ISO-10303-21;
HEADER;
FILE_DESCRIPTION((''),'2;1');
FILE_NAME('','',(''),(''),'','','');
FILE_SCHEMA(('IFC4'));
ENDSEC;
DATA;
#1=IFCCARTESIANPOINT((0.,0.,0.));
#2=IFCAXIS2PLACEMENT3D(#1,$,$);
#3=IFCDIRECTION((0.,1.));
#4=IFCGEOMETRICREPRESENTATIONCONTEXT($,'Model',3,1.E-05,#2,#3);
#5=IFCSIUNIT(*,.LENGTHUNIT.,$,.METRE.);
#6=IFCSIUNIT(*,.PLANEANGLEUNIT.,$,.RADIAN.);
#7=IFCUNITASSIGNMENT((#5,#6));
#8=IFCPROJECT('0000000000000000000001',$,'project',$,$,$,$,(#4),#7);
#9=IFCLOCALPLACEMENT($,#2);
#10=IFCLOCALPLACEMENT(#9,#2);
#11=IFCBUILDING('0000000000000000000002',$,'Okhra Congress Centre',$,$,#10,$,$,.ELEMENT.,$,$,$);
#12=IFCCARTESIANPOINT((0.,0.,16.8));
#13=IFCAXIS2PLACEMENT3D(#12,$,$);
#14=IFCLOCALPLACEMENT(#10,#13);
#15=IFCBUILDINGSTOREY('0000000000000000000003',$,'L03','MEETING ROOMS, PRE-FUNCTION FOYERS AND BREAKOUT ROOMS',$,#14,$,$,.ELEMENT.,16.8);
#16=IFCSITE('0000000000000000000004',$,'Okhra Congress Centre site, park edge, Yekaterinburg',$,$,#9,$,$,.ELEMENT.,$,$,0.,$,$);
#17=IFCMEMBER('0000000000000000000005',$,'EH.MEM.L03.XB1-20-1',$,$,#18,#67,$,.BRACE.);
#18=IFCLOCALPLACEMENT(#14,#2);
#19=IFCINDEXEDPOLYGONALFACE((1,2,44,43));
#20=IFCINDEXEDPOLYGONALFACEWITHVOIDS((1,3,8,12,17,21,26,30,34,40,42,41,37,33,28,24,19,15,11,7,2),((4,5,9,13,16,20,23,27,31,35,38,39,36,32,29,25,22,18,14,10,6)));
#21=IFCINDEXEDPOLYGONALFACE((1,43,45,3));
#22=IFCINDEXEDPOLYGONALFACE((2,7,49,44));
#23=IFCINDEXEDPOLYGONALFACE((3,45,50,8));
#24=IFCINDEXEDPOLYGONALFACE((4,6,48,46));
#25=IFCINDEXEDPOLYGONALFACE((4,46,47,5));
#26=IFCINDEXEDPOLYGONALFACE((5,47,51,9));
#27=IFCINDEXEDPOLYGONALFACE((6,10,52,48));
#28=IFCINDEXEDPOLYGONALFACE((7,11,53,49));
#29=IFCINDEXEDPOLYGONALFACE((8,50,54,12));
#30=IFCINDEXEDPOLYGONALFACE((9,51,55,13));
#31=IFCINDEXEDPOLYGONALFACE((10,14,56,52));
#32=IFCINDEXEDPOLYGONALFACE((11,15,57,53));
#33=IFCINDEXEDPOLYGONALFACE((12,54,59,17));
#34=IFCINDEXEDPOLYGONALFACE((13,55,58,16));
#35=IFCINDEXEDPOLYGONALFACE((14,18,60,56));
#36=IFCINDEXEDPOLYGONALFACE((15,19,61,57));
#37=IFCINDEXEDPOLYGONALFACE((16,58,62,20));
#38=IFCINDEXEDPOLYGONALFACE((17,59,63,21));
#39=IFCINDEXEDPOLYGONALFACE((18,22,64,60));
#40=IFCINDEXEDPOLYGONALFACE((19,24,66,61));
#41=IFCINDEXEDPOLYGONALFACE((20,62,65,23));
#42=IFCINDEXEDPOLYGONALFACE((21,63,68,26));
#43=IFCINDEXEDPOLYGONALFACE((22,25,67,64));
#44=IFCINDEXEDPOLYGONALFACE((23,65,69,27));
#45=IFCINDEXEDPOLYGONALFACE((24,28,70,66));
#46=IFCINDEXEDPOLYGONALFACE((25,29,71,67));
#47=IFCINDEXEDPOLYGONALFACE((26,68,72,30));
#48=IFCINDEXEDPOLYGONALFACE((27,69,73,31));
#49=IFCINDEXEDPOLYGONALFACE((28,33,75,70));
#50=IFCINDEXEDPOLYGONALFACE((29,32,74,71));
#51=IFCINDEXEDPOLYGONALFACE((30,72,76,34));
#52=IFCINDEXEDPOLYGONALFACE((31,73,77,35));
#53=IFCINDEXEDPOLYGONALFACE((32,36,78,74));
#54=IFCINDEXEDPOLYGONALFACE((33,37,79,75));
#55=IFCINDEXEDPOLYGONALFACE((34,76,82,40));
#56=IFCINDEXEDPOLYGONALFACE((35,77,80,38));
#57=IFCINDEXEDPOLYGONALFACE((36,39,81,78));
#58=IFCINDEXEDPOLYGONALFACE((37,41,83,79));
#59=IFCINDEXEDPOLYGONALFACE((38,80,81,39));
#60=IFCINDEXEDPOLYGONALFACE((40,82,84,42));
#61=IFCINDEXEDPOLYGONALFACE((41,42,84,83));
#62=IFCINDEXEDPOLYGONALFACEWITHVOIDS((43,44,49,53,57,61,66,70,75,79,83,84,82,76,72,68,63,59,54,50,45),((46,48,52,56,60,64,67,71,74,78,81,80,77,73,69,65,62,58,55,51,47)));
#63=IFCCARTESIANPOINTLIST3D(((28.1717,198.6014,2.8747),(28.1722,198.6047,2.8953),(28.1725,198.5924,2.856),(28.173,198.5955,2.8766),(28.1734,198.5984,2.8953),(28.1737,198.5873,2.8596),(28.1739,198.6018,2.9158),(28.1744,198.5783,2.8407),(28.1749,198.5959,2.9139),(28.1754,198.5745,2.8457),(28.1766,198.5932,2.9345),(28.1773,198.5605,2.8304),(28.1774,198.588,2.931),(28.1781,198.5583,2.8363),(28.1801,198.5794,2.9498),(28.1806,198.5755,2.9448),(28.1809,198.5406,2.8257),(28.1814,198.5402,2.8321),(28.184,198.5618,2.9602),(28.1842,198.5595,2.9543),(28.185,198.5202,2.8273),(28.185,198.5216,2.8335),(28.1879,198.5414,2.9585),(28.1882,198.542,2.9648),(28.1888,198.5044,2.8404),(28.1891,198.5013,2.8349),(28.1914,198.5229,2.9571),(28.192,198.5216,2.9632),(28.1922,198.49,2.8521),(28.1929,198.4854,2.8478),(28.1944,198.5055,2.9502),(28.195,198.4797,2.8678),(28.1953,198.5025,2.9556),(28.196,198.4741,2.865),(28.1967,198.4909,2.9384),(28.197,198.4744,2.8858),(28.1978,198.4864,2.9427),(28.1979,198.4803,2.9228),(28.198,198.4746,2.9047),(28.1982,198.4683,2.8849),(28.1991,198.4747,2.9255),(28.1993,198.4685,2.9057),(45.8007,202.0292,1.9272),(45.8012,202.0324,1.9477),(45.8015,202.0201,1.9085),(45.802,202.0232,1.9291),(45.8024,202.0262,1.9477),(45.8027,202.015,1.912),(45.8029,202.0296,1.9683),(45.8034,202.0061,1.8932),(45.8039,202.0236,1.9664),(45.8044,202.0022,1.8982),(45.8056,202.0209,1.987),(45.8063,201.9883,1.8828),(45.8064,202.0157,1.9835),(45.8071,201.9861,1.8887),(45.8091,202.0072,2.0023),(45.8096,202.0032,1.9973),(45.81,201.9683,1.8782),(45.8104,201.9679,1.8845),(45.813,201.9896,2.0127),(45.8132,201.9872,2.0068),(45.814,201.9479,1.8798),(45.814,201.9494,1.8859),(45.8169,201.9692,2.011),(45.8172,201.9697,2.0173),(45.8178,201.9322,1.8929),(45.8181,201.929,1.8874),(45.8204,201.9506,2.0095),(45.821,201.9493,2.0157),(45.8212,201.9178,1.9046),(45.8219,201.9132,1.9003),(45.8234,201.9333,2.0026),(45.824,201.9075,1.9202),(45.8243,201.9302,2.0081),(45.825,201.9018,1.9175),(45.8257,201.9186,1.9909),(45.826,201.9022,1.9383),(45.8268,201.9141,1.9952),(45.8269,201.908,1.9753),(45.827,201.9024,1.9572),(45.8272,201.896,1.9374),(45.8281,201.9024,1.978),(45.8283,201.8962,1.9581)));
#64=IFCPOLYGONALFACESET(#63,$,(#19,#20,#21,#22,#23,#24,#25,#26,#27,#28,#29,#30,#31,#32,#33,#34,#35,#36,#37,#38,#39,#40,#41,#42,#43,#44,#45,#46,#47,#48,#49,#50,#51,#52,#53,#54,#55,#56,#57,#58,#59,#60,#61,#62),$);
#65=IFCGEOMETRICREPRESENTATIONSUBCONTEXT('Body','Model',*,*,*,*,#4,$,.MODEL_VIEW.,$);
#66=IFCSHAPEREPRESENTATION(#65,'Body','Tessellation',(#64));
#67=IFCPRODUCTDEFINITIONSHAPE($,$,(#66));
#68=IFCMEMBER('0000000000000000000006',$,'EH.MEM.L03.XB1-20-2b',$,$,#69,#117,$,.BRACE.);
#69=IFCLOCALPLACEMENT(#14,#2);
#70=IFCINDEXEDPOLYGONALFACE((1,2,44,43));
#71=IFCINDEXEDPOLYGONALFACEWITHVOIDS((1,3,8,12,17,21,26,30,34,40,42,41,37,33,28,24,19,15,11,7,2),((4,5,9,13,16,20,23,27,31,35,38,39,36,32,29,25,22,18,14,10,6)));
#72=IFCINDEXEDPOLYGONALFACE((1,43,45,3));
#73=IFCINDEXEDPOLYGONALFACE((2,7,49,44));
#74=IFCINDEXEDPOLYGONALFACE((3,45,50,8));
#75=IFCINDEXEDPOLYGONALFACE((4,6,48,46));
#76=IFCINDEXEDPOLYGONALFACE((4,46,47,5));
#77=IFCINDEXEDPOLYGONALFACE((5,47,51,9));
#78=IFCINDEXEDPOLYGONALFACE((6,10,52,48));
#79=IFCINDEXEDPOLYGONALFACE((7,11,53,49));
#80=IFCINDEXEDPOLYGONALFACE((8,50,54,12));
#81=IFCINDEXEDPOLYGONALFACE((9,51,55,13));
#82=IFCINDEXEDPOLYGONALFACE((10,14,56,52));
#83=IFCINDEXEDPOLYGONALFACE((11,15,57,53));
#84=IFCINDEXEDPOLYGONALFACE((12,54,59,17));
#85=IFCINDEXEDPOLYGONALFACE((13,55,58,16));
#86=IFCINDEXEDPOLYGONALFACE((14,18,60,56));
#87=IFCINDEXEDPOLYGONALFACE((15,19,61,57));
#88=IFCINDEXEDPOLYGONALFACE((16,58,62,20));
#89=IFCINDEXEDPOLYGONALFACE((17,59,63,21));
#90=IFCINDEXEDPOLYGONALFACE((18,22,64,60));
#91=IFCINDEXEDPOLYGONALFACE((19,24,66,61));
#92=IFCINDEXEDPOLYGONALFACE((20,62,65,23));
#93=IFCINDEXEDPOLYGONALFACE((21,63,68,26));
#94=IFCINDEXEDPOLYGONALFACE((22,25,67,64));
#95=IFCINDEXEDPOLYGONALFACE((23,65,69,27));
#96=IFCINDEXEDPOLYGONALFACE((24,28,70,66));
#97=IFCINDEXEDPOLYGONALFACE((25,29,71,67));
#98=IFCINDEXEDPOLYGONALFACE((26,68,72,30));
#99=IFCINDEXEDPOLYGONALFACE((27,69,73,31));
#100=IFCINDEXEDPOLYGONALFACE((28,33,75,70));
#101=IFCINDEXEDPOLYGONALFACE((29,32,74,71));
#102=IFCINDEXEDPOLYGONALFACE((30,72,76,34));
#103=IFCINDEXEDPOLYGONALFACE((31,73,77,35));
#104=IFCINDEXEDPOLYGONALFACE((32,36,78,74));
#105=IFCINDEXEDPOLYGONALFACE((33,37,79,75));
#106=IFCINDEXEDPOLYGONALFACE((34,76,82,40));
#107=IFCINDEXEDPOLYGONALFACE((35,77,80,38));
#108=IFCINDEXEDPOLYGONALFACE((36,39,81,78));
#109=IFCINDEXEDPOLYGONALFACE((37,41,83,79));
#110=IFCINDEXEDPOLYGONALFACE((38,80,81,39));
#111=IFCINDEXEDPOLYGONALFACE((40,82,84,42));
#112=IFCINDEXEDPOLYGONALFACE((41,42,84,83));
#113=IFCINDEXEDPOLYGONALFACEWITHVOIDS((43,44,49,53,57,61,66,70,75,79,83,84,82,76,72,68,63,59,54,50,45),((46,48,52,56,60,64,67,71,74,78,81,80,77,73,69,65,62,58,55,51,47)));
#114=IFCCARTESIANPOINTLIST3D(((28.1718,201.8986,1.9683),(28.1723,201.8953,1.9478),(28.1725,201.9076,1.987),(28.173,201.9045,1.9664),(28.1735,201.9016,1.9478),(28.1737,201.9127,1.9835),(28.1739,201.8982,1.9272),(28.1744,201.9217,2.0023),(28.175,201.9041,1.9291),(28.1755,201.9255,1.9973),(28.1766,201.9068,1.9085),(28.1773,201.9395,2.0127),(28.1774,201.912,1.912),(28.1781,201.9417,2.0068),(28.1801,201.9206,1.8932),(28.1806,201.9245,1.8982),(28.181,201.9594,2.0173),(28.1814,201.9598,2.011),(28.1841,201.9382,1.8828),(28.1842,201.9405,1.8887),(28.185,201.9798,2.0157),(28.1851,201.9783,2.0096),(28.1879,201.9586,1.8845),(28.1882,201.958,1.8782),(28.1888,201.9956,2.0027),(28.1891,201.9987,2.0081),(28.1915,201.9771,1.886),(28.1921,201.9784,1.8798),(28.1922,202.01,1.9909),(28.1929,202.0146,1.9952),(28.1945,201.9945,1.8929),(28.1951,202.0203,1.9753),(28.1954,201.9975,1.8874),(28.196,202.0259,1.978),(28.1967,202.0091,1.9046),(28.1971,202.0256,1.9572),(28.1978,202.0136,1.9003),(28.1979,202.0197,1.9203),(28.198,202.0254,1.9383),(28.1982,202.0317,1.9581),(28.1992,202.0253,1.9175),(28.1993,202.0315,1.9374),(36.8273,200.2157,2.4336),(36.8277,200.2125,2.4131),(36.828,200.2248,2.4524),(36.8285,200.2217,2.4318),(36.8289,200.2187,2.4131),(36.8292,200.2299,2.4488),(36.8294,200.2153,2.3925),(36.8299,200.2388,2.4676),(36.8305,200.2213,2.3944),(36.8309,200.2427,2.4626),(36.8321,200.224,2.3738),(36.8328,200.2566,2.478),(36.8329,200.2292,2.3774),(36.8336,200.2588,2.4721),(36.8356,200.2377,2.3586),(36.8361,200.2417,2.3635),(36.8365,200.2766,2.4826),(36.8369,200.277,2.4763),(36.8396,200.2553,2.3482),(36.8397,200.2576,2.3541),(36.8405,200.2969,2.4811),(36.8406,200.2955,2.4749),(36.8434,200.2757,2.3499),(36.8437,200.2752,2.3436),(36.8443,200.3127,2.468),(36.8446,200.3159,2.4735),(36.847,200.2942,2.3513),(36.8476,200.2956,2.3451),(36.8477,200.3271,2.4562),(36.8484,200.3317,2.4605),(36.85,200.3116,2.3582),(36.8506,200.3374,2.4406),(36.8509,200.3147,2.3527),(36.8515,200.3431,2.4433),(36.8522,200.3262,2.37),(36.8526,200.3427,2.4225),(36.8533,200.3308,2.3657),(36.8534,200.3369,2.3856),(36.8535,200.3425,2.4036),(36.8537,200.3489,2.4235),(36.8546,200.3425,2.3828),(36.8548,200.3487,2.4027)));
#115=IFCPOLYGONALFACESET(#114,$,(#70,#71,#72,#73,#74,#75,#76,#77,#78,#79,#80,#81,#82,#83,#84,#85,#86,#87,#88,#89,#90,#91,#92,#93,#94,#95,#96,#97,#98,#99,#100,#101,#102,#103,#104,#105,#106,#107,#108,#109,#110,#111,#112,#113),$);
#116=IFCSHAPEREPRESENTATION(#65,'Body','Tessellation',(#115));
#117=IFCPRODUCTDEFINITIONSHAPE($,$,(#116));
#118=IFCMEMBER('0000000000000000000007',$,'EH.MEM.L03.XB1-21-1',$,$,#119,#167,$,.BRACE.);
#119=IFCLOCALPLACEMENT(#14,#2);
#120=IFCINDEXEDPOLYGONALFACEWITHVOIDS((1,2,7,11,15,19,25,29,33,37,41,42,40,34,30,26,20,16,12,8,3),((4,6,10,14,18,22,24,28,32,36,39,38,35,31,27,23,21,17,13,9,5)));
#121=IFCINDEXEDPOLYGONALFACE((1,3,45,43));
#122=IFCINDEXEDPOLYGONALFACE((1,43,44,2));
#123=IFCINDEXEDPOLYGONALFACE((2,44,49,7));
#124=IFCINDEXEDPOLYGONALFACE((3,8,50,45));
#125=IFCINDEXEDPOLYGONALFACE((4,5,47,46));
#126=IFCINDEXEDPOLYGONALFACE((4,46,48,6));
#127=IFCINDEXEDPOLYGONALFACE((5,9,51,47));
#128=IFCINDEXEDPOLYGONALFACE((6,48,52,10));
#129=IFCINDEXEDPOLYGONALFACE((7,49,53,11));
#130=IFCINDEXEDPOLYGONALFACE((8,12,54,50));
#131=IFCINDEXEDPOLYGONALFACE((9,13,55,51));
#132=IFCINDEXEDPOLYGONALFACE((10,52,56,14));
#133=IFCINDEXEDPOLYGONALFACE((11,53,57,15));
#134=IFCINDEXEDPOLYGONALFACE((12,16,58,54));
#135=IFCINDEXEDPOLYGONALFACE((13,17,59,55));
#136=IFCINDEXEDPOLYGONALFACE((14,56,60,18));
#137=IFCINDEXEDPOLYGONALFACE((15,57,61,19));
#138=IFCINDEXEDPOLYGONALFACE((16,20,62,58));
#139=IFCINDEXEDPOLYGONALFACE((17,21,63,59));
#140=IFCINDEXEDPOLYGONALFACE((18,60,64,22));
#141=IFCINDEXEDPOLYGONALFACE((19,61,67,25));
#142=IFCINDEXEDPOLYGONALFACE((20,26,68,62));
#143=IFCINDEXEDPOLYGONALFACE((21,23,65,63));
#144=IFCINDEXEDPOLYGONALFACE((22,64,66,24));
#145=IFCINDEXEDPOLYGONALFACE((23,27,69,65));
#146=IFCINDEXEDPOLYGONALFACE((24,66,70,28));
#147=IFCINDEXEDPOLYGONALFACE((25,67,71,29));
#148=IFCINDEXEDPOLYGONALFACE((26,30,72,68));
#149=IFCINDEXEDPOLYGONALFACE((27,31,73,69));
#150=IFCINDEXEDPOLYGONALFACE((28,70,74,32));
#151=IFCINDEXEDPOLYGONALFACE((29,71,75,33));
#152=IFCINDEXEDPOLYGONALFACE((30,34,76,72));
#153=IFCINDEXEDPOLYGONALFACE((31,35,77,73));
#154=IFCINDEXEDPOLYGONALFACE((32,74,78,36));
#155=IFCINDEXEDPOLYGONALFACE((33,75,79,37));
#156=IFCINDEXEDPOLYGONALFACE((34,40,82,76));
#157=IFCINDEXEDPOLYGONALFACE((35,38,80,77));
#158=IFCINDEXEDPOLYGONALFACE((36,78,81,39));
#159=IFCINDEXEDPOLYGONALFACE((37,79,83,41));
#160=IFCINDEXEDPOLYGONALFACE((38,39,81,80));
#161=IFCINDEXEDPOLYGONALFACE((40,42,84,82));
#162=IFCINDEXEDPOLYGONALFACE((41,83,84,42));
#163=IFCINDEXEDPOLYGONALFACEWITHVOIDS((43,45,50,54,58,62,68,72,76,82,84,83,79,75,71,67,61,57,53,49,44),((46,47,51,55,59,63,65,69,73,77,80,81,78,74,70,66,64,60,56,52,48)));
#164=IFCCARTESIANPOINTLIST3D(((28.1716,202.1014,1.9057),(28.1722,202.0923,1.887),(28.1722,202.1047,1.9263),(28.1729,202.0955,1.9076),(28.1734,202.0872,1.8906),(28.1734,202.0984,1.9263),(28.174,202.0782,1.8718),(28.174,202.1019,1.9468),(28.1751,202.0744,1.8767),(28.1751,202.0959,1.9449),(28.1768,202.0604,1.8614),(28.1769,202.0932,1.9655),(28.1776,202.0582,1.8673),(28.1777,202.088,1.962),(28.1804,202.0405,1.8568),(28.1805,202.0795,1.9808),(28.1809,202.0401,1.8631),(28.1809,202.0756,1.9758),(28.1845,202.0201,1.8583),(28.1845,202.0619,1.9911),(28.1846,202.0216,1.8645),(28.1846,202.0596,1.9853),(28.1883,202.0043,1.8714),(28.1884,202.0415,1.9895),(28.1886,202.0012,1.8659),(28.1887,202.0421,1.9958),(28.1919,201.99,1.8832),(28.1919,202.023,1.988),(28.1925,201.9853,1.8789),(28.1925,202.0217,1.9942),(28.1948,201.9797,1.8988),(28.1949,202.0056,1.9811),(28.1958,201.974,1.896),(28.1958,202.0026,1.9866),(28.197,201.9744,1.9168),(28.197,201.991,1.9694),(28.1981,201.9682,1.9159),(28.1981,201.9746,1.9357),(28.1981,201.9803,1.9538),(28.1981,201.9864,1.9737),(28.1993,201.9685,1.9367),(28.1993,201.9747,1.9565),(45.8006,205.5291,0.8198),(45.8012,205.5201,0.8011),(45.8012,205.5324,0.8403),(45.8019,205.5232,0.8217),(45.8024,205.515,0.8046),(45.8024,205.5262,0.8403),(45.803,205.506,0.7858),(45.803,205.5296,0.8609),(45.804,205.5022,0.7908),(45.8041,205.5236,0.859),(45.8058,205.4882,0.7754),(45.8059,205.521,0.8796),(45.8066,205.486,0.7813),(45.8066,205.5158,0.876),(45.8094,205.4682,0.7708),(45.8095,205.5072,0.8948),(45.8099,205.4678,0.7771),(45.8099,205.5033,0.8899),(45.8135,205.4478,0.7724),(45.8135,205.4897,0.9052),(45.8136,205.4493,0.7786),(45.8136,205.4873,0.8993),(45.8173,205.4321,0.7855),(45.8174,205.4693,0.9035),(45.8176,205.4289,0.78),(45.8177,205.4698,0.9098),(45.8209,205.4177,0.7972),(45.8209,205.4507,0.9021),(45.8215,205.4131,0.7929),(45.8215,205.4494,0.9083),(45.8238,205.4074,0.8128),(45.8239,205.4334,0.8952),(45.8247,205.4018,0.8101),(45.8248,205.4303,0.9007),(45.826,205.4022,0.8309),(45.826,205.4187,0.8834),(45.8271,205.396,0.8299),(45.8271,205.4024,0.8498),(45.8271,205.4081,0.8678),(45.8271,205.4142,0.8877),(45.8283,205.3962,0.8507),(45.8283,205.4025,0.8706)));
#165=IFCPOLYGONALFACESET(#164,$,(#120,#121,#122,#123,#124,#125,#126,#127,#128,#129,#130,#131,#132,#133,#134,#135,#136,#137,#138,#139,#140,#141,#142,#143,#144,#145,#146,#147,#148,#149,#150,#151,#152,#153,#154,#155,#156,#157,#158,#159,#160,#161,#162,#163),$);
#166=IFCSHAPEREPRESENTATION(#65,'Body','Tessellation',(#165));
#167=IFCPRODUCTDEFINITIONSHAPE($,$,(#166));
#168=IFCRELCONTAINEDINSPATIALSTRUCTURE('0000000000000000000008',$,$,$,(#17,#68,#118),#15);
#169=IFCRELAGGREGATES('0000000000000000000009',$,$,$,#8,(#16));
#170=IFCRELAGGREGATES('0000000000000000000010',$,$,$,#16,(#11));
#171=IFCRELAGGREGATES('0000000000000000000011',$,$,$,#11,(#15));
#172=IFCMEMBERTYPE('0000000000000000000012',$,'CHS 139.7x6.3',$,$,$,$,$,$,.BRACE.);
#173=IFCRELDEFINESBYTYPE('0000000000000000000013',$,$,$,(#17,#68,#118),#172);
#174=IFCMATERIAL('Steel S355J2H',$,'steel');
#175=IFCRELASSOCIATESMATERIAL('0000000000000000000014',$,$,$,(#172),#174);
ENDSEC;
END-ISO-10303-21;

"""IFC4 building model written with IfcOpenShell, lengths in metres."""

from ifc_helpers import new_model, si_unit, direction, frame, origin, origin_2d, place, context, subcontext, project, spatial, hollow_circle, extrude, material, material_profile, profile_set, type_object, element, save


model = new_model("IFC4")

# Units and contexts
model_context = context("Model", 3, precision=1e-05, world=origin(), true_north=direction((0.0, 1.0)))
body_context = subcontext(model_context, "Body", "Model", "MODEL_VIEW")
ifc_project = project(units=[si_unit("LENGTHUNIT", "METRE"), si_unit("PLANEANGLEUNIT", "RADIAN")], contexts=[model_context])

# Site, building, storey
site_placement = place(None, origin())
site = spatial("IfcSite", under=ifc_project, at=site_placement, Name="Okhra Congress Centre site, park edge, Yekaterinburg", CompositionType="ELEMENT", RefElevation=0.0)
building_placement = place(site_placement, origin())
building = spatial("IfcBuilding", under=site, at=building_placement, Name="Okhra Congress Centre", CompositionType="ELEMENT")
storey_placement = place(building_placement, frame((0.0, 0.0, 16.8)))
storey = spatial("IfcBuildingStorey", under=building, at=storey_placement, Name="L03", Description="MEETING ROOMS, PRE-FUNCTION FOYERS AND BREAKOUT ROOMS", CompositionType="ELEMENT", Elevation=16.8)

# Members
ifc_material_1 = material(Name="Steel S355J2H", Category="steel")
ifc_material_profile_1 = material_profile(ifc_material_1, hollow_circle(Radius=0.0698, WallThickness=0.0063, at=origin_2d()), Name="CHS 139.7x6.3")
ifc_profile_set_1 = profile_set([ifc_material_profile_1], Name="Steel S355J2H")
member_type_1 = type_object("IfcMemberType", Name="CHS 139.7x6.3", PredefinedType="BRACE", material=ifc_profile_set_1)
member_1_placement = place(storey_placement, frame((28.1855, 198.5361, 2.8953), z_axis=(0.980253, 0.190599, -0.052686), x_axis=(-0.190864, 0.981617, 0.0)))
element("IfcMember", 1, at=member_1_placement, inside=storey, type_object=member_type_1, Name="EH.MEM.L03.XB1-20-1", PredefinedType="BRACE", context=body_context, shape_type="SweptSolid", body=[
    extrude(hollow_circle(Radius=0.0698, WallThickness=0.0063, at=origin_2d()), origin(), (0.0, 0.0, 1.0), 17.9841),
])
member_2_placement = place(storey_placement, frame((36.8411, 200.281, 2.4131), z_axis=(-0.980255, 0.190587, -0.0527), x_axis=(-0.190853, -0.981619, 0.0)))
element("IfcMember", 2, at=member_2_placement, inside=storey, type_object=member_type_1, Name="EH.MEM.L03.XB1-20-2b", PredefinedType="BRACE", context=body_context, shape_type="SweptSolid", body=[
    extrude(hollow_circle(Radius=0.0698, WallThickness=0.0063, at=origin_2d()), origin(), (0.0, 0.0, 1.0), 8.8298),
])
member_3_placement = place(storey_placement, frame((28.1855, 202.0361, 1.9263), z_axis=(0.979827, 0.190516, -0.060357), x_axis=(-0.190864, 0.981617, 0.0)))
element("IfcMember", 3, at=member_3_placement, inside=storey, type_object=member_type_1, Name="EH.MEM.L03.XB1-21-1", PredefinedType="BRACE", context=body_context, shape_type="SweptSolid", body=[
    extrude(hollow_circle(Radius=0.0698, WallThickness=0.0063, at=origin_2d()), origin(), (0.0, 0.0, 1.0), 17.9919),
])

save(model, "model.ifc")
